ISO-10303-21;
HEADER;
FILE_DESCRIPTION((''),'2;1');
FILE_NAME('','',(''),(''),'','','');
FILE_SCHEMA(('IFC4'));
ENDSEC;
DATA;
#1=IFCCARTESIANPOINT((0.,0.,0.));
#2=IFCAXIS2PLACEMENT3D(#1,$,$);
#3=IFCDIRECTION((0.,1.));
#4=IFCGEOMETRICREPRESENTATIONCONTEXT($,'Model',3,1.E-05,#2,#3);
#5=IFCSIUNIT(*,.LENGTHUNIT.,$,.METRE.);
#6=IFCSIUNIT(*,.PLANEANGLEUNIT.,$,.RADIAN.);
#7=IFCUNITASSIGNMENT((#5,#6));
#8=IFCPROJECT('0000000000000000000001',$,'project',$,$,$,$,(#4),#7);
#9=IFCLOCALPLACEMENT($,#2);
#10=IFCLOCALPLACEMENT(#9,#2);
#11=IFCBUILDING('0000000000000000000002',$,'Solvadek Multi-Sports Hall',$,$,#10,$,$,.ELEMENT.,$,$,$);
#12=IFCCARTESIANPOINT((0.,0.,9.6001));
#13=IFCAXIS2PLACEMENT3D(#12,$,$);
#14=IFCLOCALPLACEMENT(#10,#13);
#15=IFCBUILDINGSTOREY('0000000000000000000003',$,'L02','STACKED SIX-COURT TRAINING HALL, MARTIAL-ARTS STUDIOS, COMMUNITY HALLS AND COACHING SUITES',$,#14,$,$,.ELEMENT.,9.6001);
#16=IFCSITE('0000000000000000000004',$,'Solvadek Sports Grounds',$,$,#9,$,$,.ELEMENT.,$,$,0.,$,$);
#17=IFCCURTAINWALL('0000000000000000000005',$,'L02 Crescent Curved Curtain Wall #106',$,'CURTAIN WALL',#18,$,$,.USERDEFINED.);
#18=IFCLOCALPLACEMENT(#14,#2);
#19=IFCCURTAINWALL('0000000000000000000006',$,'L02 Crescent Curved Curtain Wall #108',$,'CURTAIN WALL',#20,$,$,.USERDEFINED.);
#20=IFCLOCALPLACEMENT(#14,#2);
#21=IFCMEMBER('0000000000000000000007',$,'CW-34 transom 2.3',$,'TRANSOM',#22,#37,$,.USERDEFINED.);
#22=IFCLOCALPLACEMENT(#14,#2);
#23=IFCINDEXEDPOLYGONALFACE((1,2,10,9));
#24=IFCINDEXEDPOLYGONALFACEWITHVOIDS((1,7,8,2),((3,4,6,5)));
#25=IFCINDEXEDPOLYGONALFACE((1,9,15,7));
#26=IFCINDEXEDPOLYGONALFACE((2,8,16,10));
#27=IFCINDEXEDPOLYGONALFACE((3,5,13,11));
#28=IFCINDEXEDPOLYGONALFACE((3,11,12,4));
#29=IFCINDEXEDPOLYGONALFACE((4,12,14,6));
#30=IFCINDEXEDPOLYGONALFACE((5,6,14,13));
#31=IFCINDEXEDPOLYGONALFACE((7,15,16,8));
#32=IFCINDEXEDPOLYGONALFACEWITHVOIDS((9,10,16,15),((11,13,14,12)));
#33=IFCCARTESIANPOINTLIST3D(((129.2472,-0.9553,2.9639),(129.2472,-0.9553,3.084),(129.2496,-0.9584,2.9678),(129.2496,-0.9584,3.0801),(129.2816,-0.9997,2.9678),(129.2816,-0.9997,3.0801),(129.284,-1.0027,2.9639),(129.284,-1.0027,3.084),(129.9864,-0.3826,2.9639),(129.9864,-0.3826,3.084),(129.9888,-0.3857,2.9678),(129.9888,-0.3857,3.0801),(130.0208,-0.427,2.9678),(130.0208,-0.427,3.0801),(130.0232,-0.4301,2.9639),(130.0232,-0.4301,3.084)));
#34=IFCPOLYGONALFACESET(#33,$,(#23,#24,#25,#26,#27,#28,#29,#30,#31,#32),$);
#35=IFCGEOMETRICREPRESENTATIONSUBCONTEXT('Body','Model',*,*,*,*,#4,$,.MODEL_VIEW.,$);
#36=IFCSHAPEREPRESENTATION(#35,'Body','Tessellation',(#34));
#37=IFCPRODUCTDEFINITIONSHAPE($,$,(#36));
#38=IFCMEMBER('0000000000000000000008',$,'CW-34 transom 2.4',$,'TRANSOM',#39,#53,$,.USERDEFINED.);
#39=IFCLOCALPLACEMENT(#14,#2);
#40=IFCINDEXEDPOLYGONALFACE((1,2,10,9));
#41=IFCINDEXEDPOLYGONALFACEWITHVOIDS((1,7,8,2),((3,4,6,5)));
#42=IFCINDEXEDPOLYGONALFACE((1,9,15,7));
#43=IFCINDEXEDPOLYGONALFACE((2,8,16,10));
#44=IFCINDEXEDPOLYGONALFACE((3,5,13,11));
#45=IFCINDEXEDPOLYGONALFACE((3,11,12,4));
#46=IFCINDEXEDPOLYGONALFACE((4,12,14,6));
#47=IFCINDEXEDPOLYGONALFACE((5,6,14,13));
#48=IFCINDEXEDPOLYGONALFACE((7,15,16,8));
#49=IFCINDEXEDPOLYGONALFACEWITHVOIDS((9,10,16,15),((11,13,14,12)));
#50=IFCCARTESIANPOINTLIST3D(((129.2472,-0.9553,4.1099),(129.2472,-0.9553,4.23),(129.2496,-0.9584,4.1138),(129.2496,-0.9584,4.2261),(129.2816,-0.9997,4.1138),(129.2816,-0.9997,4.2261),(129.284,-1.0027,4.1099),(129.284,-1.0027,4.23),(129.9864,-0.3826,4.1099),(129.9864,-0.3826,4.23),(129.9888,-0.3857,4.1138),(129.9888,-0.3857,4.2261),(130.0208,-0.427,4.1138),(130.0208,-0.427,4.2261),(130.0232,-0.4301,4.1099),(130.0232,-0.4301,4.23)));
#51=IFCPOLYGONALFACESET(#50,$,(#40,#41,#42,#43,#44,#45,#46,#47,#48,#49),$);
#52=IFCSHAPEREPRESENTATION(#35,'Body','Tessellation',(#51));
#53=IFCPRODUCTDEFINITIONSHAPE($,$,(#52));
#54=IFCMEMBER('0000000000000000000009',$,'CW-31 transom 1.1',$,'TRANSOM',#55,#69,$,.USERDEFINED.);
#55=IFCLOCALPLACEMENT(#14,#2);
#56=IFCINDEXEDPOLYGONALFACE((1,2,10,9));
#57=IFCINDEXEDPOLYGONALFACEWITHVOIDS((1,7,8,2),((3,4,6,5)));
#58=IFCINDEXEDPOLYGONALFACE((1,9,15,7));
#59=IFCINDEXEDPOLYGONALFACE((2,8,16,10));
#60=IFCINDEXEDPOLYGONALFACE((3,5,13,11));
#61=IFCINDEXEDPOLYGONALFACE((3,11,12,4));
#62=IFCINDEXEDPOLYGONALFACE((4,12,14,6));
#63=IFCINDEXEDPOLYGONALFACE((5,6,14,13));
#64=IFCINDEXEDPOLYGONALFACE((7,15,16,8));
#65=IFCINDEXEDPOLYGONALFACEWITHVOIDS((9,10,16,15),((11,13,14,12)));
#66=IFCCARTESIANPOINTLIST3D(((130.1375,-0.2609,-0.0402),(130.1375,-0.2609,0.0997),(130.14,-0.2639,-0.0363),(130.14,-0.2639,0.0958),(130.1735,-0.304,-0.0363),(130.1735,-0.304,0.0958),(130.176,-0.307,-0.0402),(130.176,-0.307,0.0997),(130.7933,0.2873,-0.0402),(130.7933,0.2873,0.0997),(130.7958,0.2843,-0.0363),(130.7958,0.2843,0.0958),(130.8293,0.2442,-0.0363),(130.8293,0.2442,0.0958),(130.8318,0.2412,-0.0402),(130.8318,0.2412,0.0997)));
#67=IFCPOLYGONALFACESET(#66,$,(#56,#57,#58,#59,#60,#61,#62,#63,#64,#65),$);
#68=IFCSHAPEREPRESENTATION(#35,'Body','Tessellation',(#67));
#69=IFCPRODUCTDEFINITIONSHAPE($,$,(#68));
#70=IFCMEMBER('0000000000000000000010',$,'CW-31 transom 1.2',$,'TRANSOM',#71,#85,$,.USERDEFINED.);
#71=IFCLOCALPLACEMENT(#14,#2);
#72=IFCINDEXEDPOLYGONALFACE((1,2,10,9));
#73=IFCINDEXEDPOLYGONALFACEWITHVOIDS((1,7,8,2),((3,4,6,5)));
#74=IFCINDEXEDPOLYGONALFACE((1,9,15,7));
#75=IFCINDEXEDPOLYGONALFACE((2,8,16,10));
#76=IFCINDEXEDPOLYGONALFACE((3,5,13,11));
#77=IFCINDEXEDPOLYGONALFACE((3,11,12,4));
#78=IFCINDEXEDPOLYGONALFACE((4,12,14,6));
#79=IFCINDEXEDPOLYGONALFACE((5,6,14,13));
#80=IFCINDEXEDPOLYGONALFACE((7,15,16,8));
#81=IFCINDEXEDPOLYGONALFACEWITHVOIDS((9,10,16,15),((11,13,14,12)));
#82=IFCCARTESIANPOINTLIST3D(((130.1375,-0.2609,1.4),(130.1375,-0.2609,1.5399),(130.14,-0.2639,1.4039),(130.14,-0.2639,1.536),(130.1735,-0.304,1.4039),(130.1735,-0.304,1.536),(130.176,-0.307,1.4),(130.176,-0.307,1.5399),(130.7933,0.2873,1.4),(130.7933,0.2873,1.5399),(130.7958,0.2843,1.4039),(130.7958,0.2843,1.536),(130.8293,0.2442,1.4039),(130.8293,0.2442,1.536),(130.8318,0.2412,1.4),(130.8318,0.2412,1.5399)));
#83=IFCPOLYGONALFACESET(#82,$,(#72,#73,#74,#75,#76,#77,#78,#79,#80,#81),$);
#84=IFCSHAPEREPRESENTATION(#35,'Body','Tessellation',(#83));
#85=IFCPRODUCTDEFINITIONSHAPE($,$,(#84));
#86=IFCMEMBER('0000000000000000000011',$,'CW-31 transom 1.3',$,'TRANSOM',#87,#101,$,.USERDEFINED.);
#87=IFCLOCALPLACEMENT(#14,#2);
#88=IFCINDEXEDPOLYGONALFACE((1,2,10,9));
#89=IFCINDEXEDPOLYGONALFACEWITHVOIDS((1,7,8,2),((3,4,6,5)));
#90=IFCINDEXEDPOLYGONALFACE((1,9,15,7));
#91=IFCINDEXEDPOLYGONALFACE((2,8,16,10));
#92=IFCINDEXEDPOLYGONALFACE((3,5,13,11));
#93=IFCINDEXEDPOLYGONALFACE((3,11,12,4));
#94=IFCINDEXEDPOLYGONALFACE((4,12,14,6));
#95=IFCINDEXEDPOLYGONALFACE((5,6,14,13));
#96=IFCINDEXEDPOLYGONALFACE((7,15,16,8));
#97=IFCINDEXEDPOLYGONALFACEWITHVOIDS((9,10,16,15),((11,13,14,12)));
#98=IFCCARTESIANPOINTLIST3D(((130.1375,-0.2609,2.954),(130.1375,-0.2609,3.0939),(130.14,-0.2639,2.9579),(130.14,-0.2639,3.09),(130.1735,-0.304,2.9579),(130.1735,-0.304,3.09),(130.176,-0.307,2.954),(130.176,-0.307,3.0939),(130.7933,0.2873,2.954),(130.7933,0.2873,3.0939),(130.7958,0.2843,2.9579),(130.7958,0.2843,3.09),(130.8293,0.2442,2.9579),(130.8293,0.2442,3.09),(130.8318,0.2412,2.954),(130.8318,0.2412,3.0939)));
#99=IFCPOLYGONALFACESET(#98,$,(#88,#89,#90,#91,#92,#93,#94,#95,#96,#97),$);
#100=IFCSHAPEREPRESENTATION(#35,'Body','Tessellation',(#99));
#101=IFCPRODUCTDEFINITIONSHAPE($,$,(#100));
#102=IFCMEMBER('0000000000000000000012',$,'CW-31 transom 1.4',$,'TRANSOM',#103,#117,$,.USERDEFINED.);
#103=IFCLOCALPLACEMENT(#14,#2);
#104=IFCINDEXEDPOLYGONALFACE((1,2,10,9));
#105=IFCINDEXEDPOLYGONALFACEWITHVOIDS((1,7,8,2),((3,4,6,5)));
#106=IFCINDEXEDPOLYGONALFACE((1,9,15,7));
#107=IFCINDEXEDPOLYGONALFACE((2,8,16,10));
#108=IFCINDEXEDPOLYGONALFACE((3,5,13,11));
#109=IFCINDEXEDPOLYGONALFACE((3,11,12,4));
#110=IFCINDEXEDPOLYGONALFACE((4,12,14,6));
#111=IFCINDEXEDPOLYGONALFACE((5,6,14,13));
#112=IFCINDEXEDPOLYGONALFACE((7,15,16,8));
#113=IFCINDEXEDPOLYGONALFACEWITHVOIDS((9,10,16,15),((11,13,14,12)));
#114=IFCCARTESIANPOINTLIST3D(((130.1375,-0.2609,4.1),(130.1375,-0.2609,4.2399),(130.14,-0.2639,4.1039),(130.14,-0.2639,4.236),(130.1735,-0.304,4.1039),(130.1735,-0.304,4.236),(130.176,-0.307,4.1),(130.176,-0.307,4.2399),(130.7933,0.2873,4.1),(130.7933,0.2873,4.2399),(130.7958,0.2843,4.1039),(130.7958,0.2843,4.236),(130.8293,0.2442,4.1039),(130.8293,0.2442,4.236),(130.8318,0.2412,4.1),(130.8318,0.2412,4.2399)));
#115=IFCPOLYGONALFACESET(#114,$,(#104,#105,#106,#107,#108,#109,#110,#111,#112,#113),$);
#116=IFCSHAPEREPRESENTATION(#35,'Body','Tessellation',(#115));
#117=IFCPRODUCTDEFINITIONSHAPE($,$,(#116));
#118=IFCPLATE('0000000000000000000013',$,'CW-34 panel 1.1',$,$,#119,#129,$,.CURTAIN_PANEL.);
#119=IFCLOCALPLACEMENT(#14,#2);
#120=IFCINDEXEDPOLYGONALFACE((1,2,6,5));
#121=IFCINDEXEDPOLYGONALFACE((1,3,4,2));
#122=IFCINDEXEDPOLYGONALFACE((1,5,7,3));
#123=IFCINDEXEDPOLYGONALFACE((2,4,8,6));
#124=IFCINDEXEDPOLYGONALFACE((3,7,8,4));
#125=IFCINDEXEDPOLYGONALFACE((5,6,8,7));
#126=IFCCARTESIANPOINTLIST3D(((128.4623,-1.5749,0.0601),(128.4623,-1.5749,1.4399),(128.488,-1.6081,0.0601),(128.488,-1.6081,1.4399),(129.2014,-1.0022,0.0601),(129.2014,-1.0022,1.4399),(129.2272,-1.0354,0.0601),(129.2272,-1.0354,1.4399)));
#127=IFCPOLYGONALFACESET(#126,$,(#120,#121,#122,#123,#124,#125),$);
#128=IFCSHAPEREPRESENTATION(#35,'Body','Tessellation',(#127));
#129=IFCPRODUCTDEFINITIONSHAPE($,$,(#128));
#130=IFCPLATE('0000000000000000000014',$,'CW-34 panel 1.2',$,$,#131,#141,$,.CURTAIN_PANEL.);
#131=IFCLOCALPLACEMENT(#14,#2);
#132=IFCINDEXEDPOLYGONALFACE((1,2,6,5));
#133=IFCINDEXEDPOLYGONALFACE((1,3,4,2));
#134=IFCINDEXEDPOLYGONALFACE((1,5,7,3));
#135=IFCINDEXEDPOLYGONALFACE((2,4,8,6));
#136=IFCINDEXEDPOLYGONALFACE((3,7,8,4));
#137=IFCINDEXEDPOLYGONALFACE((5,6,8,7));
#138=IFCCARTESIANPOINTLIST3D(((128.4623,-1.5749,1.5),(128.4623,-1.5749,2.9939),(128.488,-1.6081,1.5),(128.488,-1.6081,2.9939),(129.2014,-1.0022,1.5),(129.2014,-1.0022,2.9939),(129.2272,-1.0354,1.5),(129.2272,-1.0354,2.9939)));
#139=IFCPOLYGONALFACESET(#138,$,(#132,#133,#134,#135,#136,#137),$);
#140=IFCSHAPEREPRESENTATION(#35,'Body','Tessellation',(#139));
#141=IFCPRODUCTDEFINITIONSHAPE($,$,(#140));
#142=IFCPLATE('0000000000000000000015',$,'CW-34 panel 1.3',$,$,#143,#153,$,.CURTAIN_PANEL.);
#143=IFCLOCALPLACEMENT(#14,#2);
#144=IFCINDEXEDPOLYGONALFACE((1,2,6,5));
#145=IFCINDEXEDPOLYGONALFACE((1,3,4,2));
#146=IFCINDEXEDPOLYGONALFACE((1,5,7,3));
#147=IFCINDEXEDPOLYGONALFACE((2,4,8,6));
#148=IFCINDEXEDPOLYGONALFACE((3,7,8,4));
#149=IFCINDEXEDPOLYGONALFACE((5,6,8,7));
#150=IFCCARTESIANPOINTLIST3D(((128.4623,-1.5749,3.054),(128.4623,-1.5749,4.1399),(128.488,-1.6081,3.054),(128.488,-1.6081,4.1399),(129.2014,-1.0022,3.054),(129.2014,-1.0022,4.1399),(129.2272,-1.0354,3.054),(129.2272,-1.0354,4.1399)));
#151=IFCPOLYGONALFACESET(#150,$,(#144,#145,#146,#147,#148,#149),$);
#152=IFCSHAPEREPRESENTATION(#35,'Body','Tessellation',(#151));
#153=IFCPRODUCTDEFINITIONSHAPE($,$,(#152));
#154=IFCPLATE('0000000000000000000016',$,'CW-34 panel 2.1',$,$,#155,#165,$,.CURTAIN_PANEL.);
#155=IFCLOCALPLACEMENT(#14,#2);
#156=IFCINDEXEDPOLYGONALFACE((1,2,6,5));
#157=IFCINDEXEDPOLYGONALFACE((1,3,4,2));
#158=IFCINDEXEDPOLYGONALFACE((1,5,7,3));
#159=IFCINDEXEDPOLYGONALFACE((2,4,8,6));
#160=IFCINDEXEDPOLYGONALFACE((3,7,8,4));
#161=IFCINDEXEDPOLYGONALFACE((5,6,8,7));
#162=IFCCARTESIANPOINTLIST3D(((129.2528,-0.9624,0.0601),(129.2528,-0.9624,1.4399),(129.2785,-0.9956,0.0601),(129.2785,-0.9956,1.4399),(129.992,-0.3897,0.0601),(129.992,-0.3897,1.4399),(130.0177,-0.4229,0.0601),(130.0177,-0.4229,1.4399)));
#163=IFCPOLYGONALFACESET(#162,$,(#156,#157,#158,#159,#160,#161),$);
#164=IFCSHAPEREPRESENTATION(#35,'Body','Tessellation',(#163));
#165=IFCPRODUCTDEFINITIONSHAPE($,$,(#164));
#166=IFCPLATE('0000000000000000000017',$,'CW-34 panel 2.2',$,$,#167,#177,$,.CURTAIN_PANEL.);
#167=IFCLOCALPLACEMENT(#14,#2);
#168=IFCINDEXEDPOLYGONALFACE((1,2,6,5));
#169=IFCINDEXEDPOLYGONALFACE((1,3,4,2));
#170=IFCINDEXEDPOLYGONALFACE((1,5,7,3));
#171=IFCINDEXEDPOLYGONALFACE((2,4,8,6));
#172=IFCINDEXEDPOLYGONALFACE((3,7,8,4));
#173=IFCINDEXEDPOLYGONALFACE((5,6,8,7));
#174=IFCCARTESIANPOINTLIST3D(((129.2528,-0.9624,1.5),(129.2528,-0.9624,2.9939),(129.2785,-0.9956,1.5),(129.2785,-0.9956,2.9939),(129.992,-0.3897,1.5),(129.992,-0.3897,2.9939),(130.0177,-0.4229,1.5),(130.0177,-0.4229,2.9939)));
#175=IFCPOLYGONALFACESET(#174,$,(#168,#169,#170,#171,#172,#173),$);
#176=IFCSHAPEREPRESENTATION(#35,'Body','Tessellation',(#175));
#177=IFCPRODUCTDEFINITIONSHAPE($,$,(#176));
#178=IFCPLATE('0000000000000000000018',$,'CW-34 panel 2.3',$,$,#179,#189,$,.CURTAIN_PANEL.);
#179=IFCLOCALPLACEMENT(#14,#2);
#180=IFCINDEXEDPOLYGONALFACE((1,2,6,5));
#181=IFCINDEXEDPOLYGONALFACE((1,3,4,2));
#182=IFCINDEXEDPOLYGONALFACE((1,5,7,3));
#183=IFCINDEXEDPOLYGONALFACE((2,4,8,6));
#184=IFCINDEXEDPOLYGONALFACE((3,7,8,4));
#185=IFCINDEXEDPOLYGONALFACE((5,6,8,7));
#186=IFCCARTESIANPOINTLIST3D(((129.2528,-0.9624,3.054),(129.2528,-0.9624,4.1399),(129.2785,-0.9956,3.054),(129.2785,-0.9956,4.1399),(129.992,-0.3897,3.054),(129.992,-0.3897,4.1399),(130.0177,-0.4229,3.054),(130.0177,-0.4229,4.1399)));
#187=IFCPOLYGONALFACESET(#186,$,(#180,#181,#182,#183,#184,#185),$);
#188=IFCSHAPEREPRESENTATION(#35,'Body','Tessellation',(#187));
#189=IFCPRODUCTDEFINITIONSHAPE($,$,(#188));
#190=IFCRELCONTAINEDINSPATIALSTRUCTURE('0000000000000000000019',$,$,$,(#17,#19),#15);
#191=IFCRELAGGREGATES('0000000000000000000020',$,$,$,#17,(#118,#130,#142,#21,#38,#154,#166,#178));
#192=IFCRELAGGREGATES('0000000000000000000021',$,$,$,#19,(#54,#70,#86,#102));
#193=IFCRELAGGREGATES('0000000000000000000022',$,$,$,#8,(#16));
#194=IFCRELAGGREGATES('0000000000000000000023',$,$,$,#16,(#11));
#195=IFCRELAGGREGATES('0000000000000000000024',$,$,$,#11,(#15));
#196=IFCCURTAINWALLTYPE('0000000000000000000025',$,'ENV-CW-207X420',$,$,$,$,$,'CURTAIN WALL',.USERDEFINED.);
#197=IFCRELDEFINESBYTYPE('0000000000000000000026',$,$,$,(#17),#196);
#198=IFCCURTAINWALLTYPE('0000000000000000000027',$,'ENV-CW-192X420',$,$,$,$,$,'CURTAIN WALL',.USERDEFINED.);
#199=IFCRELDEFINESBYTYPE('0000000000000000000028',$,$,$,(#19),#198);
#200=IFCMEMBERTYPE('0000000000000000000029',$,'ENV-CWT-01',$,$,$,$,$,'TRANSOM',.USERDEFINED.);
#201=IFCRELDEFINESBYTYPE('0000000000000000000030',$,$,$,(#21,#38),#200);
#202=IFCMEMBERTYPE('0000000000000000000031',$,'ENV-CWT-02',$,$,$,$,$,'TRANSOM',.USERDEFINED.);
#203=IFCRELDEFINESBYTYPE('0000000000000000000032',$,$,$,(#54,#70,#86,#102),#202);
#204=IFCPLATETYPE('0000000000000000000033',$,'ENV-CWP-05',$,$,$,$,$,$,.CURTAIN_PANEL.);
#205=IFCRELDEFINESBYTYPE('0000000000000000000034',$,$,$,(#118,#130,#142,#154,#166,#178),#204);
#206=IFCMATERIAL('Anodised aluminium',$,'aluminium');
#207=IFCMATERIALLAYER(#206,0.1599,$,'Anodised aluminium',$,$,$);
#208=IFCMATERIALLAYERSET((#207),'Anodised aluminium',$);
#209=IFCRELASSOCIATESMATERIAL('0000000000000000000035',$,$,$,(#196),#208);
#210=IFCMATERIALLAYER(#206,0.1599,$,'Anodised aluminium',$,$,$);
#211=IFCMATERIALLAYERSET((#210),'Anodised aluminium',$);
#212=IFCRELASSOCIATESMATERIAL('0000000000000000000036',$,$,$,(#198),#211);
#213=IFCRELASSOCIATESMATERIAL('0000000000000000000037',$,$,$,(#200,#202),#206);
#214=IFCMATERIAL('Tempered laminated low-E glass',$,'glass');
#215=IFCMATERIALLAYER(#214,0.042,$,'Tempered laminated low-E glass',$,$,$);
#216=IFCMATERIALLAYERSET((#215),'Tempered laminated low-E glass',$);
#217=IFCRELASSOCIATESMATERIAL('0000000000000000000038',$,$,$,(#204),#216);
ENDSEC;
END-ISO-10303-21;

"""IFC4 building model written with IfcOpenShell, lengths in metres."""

from ifc_helpers import new_model, si_unit, direction, frame, origin, origin_2d, place, context, subcontext, project, spatial, rectangle, hollow_rectangle, extrude, material, layer, layer_set, material_profile, profile_set, type_object, element, aggregate, save


model = new_model("IFC4")

# Units and contexts
model_context = context("Model", 3, precision=1e-05, world=origin(), true_north=direction((0.0, 1.0)))
body_context = subcontext(model_context, "Body", "Model", "MODEL_VIEW")
ifc_project = project(units=[si_unit("LENGTHUNIT", "METRE"), si_unit("PLANEANGLEUNIT", "RADIAN")], contexts=[model_context])

# Site, building, storey
site_placement = place(None, origin())
site = spatial("IfcSite", under=ifc_project, at=site_placement, Name="Solvadek Sports Grounds", CompositionType="ELEMENT", RefElevation=0.0)
building_placement = place(site_placement, origin())
building = spatial("IfcBuilding", under=site, at=building_placement, Name="Solvadek Multi-Sports Hall", CompositionType="ELEMENT")
storey_placement = place(building_placement, frame((0.0, 0.0, 9.6001)))
storey = spatial("IfcBuildingStorey", under=building, at=storey_placement, Name="L02", Description="STACKED SIX-COURT TRAINING HALL, MARTIAL-ARTS STUDIOS, COMMUNITY HALLS AND COACHING SUITES", CompositionType="ELEMENT", Elevation=9.6001)

# Curtain wall
ifc_material_1 = material(Name="Anodised aluminium", Category="aluminium")
ifc_layer_1 = layer(ifc_material_1, 0.1599, Name="Anodised aluminium")
ifc_layer_set_1 = layer_set([ifc_layer_1], Name="Anodised aluminium")
curtain_wall_type_1 = type_object("IfcCurtainWallType", Name="ENV-CW-207X420", ElementType="CURTAIN WALL", PredefinedType="USERDEFINED", material=ifc_layer_set_1)
curtain_wall_1_placement = place(storey_placement, origin())
curtain_wall_1 = element("IfcCurtainWall", 1, at=curtain_wall_1_placement, inside=storey, type_object=curtain_wall_type_1, Name="L02 Crescent Curved Curtain Wall #106", ObjectType="CURTAIN WALL", PredefinedType="USERDEFINED")

# Curtain wall
ifc_layer_2 = layer(ifc_material_1, 0.1599, Name="Anodised aluminium")
ifc_layer_set_2 = layer_set([ifc_layer_2], Name="Anodised aluminium")
curtain_wall_type_2 = type_object("IfcCurtainWallType", Name="ENV-CW-192X420", ElementType="CURTAIN WALL", PredefinedType="USERDEFINED", material=ifc_layer_set_2)
curtain_wall_2_placement = place(storey_placement, origin())
curtain_wall_2 = element("IfcCurtainWall", 2, at=curtain_wall_2_placement, inside=storey, type_object=curtain_wall_type_2, Name="L02 Crescent Curved Curtain Wall #108", ObjectType="CURTAIN WALL", PredefinedType="USERDEFINED")

# Members
ifc_material_profile_1 = material_profile(ifc_material_1, hollow_rectangle(XDim=0.0601, YDim=0.1201, WallThickness=0.0039, at=origin_2d()), Name="ALU-T 120x60x4")
ifc_profile_set_1 = profile_set([ifc_material_profile_1], Name="Anodised aluminium")
member_type_1 = type_object("IfcMemberType", Name="ENV-CWT-01", ElementType="TRANSOM", PredefinedType="USERDEFINED", material=ifc_profile_set_1)
member_1_placement = place(storey_placement, frame((129.2656, -0.979, 3.0239), z_axis=(0.790504, 0.612457, 0.0), x_axis=(-0.612457, 0.790504, 0.0)))
member_1 = element("IfcMember", 3, at=member_1_placement, type_object=member_type_1, Name="CW-34 transom 2.3", ObjectType="TRANSOM", PredefinedType="USERDEFINED", context=body_context, shape_type="SweptSolid", body=[
    extrude(hollow_rectangle(XDim=0.0601, YDim=0.1201, WallThickness=0.0039, at=origin_2d()), origin(), (0.0, 0.0, 1.0), 0.9351),
])
member_2_placement = place(storey_placement, frame((129.2656, -0.979, 4.1699), z_axis=(0.790504, 0.612457, 0.0), x_axis=(-0.612457, 0.790504, 0.0)))
member_2 = element("IfcMember", 4, at=member_2_placement, type_object=member_type_1, Name="CW-34 transom 2.4", ObjectType="TRANSOM", PredefinedType="USERDEFINED", context=body_context, shape_type="SweptSolid", body=[
    extrude(hollow_rectangle(XDim=0.0601, YDim=0.1201, WallThickness=0.0039, at=origin_2d()), origin(), (0.0, 0.0, 1.0), 0.9351),
])
ifc_material_profile_2 = material_profile(ifc_material_1, hollow_rectangle(XDim=0.0601, YDim=0.1399, WallThickness=0.0039, at=origin_2d()), Name="ALU-T 140x60x4")
ifc_profile_set_2 = profile_set([ifc_material_profile_2], Name="Anodised aluminium")
member_type_2 = type_object("IfcMemberType", Name="ENV-CWT-02", ElementType="TRANSOM", PredefinedType="USERDEFINED", material=ifc_profile_set_2)
member_3_placement = place(storey_placement, frame((130.1567, -0.2839, 0.0298), z_axis=(0.767284, 0.641308, 0.0), x_axis=(-0.641308, 0.767284, 0.0)))
member_3 = element("IfcMember", 5, at=member_3_placement, type_object=member_type_2, Name="CW-31 transom 1.1", ObjectType="TRANSOM", PredefinedType="USERDEFINED", context=body_context, shape_type="SweptSolid", body=[
    extrude(hollow_rectangle(XDim=0.0601, YDim=0.1399, WallThickness=0.0039, at=origin_2d()), origin(), (0.0, 0.0, 1.0), 0.8547),
])
member_4_placement = place(storey_placement, frame((130.1567, -0.2839, 1.47), z_axis=(0.767284, 0.641308, 0.0), x_axis=(-0.641308, 0.767284, 0.0)))
member_4 = element("IfcMember", 6, at=member_4_placement, type_object=member_type_2, Name="CW-31 transom 1.2", ObjectType="TRANSOM", PredefinedType="USERDEFINED", context=body_context, shape_type="SweptSolid", body=[
    extrude(hollow_rectangle(XDim=0.0601, YDim=0.1399, WallThickness=0.0039, at=origin_2d()), origin(), (0.0, 0.0, 1.0), 0.8547),
])
member_5_placement = place(storey_placement, frame((130.1567, -0.2839, 3.0239), z_axis=(0.767284, 0.641308, 0.0), x_axis=(-0.641308, 0.767284, 0.0)))
member_5 = element("IfcMember", 7, at=member_5_placement, type_object=member_type_2, Name="CW-31 transom 1.3", ObjectType="TRANSOM", PredefinedType="USERDEFINED", context=body_context, shape_type="SweptSolid", body=[
    extrude(hollow_rectangle(XDim=0.0601, YDim=0.1399, WallThickness=0.0039, at=origin_2d()), origin(), (0.0, 0.0, 1.0), 0.8547),
])
member_6_placement = place(storey_placement, frame((130.1567, -0.2839, 4.1699), z_axis=(0.767284, 0.641308, 0.0), x_axis=(-0.641308, 0.767284, 0.0)))
member_6 = element("IfcMember", 8, at=member_6_placement, type_object=member_type_2, Name="CW-31 transom 1.4", ObjectType="TRANSOM", PredefinedType="USERDEFINED", context=body_context, shape_type="SweptSolid", body=[
    extrude(hollow_rectangle(XDim=0.0601, YDim=0.1399, WallThickness=0.0039, at=origin_2d()), origin(), (0.0, 0.0, 1.0), 0.8547),
])

# Plates
ifc_material_2 = material(Name="Tempered laminated low-E glass", Category="glass")
ifc_layer_3 = layer(ifc_material_2, 0.042, Name="Tempered laminated low-E glass")
ifc_layer_set_3 = layer_set([ifc_layer_3], Name="Tempered laminated low-E glass")
plate_type_1 = type_object("IfcPlateType", Name="ENV-CWP-05", PredefinedType="CURTAIN_PANEL", material=ifc_layer_set_3)
plate_1_placement = place(storey_placement, frame((128.8447, -1.3052, 0.0601), z_axis=(0.0, 0.0, 1.0), x_axis=(0.790501, 0.612461, 0.0)))
plate_1 = element("IfcPlate", 9, at=plate_1_placement, type_object=plate_type_1, Name="CW-34 panel 1.1", PredefinedType="CURTAIN_PANEL", context=body_context, shape_type="SweptSolid", body=[
    extrude(rectangle(XDim=0.9351, YDim=0.042, at=origin_2d()), origin(), (0.0, 0.0, 1.0), 1.3799),
])
plate_2_placement = place(storey_placement, frame((128.8447, -1.3052, 1.5), z_axis=(0.0, 0.0, 1.0), x_axis=(0.790501, 0.612461, 0.0)))
plate_2 = element("IfcPlate", 10, at=plate_2_placement, type_object=plate_type_1, Name="CW-34 panel 1.2", PredefinedType="CURTAIN_PANEL", context=body_context, shape_type="SweptSolid", body=[
    extrude(rectangle(XDim=0.9351, YDim=0.042, at=origin_2d()), origin(), (0.0, 0.0, 1.0), 1.4939),
])
plate_3_placement = place(storey_placement, frame((128.8447, -1.3052, 3.054), z_axis=(0.0, 0.0, 1.0), x_axis=(0.790501, 0.612461, 0.0)))
plate_3 = element("IfcPlate", 11, at=plate_3_placement, type_object=plate_type_1, Name="CW-34 panel 1.3", PredefinedType="CURTAIN_PANEL", context=body_context, shape_type="SweptSolid", body=[
    extrude(rectangle(XDim=0.9351, YDim=0.042, at=origin_2d()), origin(), (0.0, 0.0, 1.0), 1.0859),
])
plate_4_placement = place(storey_placement, frame((129.6353, -0.6926, 0.0601), z_axis=(0.0, 0.0, 1.0), x_axis=(0.790501, 0.612461, 0.0)))
plate_4 = element("IfcPlate", 12, at=plate_4_placement, type_object=plate_type_1, Name="CW-34 panel 2.1", PredefinedType="CURTAIN_PANEL", context=body_context, shape_type="SweptSolid", body=[
    extrude(rectangle(XDim=0.9351, YDim=0.042, at=origin_2d()), origin(), (0.0, 0.0, 1.0), 1.3799),
])
plate_5_placement = place(storey_placement, frame((129.6353, -0.6926, 1.5), z_axis=(0.0, 0.0, 1.0), x_axis=(0.790501, 0.612461, 0.0)))
plate_5 = element("IfcPlate", 13, at=plate_5_placement, type_object=plate_type_1, Name="CW-34 panel 2.2", PredefinedType="CURTAIN_PANEL", context=body_context, shape_type="SweptSolid", body=[
    extrude(rectangle(XDim=0.9351, YDim=0.042, at=origin_2d()), origin(), (0.0, 0.0, 1.0), 1.4939),
])
plate_6_placement = place(storey_placement, frame((129.6353, -0.6926, 3.054), z_axis=(0.0, 0.0, 1.0), x_axis=(0.790501, 0.612461, 0.0)))
plate_6 = element("IfcPlate", 14, at=plate_6_placement, type_object=plate_type_1, Name="CW-34 panel 2.3", PredefinedType="CURTAIN_PANEL", context=body_context, shape_type="SweptSolid", body=[
    extrude(rectangle(XDim=0.9351, YDim=0.042, at=origin_2d()), origin(), (0.0, 0.0, 1.0), 1.0859),
])
aggregate(curtain_wall_1, [plate_1, plate_2, plate_3, member_1, member_2, plate_4, plate_5, plate_6])
aggregate(curtain_wall_2, [member_3, member_4, member_5, member_6])

save(model, "model.ifc")
